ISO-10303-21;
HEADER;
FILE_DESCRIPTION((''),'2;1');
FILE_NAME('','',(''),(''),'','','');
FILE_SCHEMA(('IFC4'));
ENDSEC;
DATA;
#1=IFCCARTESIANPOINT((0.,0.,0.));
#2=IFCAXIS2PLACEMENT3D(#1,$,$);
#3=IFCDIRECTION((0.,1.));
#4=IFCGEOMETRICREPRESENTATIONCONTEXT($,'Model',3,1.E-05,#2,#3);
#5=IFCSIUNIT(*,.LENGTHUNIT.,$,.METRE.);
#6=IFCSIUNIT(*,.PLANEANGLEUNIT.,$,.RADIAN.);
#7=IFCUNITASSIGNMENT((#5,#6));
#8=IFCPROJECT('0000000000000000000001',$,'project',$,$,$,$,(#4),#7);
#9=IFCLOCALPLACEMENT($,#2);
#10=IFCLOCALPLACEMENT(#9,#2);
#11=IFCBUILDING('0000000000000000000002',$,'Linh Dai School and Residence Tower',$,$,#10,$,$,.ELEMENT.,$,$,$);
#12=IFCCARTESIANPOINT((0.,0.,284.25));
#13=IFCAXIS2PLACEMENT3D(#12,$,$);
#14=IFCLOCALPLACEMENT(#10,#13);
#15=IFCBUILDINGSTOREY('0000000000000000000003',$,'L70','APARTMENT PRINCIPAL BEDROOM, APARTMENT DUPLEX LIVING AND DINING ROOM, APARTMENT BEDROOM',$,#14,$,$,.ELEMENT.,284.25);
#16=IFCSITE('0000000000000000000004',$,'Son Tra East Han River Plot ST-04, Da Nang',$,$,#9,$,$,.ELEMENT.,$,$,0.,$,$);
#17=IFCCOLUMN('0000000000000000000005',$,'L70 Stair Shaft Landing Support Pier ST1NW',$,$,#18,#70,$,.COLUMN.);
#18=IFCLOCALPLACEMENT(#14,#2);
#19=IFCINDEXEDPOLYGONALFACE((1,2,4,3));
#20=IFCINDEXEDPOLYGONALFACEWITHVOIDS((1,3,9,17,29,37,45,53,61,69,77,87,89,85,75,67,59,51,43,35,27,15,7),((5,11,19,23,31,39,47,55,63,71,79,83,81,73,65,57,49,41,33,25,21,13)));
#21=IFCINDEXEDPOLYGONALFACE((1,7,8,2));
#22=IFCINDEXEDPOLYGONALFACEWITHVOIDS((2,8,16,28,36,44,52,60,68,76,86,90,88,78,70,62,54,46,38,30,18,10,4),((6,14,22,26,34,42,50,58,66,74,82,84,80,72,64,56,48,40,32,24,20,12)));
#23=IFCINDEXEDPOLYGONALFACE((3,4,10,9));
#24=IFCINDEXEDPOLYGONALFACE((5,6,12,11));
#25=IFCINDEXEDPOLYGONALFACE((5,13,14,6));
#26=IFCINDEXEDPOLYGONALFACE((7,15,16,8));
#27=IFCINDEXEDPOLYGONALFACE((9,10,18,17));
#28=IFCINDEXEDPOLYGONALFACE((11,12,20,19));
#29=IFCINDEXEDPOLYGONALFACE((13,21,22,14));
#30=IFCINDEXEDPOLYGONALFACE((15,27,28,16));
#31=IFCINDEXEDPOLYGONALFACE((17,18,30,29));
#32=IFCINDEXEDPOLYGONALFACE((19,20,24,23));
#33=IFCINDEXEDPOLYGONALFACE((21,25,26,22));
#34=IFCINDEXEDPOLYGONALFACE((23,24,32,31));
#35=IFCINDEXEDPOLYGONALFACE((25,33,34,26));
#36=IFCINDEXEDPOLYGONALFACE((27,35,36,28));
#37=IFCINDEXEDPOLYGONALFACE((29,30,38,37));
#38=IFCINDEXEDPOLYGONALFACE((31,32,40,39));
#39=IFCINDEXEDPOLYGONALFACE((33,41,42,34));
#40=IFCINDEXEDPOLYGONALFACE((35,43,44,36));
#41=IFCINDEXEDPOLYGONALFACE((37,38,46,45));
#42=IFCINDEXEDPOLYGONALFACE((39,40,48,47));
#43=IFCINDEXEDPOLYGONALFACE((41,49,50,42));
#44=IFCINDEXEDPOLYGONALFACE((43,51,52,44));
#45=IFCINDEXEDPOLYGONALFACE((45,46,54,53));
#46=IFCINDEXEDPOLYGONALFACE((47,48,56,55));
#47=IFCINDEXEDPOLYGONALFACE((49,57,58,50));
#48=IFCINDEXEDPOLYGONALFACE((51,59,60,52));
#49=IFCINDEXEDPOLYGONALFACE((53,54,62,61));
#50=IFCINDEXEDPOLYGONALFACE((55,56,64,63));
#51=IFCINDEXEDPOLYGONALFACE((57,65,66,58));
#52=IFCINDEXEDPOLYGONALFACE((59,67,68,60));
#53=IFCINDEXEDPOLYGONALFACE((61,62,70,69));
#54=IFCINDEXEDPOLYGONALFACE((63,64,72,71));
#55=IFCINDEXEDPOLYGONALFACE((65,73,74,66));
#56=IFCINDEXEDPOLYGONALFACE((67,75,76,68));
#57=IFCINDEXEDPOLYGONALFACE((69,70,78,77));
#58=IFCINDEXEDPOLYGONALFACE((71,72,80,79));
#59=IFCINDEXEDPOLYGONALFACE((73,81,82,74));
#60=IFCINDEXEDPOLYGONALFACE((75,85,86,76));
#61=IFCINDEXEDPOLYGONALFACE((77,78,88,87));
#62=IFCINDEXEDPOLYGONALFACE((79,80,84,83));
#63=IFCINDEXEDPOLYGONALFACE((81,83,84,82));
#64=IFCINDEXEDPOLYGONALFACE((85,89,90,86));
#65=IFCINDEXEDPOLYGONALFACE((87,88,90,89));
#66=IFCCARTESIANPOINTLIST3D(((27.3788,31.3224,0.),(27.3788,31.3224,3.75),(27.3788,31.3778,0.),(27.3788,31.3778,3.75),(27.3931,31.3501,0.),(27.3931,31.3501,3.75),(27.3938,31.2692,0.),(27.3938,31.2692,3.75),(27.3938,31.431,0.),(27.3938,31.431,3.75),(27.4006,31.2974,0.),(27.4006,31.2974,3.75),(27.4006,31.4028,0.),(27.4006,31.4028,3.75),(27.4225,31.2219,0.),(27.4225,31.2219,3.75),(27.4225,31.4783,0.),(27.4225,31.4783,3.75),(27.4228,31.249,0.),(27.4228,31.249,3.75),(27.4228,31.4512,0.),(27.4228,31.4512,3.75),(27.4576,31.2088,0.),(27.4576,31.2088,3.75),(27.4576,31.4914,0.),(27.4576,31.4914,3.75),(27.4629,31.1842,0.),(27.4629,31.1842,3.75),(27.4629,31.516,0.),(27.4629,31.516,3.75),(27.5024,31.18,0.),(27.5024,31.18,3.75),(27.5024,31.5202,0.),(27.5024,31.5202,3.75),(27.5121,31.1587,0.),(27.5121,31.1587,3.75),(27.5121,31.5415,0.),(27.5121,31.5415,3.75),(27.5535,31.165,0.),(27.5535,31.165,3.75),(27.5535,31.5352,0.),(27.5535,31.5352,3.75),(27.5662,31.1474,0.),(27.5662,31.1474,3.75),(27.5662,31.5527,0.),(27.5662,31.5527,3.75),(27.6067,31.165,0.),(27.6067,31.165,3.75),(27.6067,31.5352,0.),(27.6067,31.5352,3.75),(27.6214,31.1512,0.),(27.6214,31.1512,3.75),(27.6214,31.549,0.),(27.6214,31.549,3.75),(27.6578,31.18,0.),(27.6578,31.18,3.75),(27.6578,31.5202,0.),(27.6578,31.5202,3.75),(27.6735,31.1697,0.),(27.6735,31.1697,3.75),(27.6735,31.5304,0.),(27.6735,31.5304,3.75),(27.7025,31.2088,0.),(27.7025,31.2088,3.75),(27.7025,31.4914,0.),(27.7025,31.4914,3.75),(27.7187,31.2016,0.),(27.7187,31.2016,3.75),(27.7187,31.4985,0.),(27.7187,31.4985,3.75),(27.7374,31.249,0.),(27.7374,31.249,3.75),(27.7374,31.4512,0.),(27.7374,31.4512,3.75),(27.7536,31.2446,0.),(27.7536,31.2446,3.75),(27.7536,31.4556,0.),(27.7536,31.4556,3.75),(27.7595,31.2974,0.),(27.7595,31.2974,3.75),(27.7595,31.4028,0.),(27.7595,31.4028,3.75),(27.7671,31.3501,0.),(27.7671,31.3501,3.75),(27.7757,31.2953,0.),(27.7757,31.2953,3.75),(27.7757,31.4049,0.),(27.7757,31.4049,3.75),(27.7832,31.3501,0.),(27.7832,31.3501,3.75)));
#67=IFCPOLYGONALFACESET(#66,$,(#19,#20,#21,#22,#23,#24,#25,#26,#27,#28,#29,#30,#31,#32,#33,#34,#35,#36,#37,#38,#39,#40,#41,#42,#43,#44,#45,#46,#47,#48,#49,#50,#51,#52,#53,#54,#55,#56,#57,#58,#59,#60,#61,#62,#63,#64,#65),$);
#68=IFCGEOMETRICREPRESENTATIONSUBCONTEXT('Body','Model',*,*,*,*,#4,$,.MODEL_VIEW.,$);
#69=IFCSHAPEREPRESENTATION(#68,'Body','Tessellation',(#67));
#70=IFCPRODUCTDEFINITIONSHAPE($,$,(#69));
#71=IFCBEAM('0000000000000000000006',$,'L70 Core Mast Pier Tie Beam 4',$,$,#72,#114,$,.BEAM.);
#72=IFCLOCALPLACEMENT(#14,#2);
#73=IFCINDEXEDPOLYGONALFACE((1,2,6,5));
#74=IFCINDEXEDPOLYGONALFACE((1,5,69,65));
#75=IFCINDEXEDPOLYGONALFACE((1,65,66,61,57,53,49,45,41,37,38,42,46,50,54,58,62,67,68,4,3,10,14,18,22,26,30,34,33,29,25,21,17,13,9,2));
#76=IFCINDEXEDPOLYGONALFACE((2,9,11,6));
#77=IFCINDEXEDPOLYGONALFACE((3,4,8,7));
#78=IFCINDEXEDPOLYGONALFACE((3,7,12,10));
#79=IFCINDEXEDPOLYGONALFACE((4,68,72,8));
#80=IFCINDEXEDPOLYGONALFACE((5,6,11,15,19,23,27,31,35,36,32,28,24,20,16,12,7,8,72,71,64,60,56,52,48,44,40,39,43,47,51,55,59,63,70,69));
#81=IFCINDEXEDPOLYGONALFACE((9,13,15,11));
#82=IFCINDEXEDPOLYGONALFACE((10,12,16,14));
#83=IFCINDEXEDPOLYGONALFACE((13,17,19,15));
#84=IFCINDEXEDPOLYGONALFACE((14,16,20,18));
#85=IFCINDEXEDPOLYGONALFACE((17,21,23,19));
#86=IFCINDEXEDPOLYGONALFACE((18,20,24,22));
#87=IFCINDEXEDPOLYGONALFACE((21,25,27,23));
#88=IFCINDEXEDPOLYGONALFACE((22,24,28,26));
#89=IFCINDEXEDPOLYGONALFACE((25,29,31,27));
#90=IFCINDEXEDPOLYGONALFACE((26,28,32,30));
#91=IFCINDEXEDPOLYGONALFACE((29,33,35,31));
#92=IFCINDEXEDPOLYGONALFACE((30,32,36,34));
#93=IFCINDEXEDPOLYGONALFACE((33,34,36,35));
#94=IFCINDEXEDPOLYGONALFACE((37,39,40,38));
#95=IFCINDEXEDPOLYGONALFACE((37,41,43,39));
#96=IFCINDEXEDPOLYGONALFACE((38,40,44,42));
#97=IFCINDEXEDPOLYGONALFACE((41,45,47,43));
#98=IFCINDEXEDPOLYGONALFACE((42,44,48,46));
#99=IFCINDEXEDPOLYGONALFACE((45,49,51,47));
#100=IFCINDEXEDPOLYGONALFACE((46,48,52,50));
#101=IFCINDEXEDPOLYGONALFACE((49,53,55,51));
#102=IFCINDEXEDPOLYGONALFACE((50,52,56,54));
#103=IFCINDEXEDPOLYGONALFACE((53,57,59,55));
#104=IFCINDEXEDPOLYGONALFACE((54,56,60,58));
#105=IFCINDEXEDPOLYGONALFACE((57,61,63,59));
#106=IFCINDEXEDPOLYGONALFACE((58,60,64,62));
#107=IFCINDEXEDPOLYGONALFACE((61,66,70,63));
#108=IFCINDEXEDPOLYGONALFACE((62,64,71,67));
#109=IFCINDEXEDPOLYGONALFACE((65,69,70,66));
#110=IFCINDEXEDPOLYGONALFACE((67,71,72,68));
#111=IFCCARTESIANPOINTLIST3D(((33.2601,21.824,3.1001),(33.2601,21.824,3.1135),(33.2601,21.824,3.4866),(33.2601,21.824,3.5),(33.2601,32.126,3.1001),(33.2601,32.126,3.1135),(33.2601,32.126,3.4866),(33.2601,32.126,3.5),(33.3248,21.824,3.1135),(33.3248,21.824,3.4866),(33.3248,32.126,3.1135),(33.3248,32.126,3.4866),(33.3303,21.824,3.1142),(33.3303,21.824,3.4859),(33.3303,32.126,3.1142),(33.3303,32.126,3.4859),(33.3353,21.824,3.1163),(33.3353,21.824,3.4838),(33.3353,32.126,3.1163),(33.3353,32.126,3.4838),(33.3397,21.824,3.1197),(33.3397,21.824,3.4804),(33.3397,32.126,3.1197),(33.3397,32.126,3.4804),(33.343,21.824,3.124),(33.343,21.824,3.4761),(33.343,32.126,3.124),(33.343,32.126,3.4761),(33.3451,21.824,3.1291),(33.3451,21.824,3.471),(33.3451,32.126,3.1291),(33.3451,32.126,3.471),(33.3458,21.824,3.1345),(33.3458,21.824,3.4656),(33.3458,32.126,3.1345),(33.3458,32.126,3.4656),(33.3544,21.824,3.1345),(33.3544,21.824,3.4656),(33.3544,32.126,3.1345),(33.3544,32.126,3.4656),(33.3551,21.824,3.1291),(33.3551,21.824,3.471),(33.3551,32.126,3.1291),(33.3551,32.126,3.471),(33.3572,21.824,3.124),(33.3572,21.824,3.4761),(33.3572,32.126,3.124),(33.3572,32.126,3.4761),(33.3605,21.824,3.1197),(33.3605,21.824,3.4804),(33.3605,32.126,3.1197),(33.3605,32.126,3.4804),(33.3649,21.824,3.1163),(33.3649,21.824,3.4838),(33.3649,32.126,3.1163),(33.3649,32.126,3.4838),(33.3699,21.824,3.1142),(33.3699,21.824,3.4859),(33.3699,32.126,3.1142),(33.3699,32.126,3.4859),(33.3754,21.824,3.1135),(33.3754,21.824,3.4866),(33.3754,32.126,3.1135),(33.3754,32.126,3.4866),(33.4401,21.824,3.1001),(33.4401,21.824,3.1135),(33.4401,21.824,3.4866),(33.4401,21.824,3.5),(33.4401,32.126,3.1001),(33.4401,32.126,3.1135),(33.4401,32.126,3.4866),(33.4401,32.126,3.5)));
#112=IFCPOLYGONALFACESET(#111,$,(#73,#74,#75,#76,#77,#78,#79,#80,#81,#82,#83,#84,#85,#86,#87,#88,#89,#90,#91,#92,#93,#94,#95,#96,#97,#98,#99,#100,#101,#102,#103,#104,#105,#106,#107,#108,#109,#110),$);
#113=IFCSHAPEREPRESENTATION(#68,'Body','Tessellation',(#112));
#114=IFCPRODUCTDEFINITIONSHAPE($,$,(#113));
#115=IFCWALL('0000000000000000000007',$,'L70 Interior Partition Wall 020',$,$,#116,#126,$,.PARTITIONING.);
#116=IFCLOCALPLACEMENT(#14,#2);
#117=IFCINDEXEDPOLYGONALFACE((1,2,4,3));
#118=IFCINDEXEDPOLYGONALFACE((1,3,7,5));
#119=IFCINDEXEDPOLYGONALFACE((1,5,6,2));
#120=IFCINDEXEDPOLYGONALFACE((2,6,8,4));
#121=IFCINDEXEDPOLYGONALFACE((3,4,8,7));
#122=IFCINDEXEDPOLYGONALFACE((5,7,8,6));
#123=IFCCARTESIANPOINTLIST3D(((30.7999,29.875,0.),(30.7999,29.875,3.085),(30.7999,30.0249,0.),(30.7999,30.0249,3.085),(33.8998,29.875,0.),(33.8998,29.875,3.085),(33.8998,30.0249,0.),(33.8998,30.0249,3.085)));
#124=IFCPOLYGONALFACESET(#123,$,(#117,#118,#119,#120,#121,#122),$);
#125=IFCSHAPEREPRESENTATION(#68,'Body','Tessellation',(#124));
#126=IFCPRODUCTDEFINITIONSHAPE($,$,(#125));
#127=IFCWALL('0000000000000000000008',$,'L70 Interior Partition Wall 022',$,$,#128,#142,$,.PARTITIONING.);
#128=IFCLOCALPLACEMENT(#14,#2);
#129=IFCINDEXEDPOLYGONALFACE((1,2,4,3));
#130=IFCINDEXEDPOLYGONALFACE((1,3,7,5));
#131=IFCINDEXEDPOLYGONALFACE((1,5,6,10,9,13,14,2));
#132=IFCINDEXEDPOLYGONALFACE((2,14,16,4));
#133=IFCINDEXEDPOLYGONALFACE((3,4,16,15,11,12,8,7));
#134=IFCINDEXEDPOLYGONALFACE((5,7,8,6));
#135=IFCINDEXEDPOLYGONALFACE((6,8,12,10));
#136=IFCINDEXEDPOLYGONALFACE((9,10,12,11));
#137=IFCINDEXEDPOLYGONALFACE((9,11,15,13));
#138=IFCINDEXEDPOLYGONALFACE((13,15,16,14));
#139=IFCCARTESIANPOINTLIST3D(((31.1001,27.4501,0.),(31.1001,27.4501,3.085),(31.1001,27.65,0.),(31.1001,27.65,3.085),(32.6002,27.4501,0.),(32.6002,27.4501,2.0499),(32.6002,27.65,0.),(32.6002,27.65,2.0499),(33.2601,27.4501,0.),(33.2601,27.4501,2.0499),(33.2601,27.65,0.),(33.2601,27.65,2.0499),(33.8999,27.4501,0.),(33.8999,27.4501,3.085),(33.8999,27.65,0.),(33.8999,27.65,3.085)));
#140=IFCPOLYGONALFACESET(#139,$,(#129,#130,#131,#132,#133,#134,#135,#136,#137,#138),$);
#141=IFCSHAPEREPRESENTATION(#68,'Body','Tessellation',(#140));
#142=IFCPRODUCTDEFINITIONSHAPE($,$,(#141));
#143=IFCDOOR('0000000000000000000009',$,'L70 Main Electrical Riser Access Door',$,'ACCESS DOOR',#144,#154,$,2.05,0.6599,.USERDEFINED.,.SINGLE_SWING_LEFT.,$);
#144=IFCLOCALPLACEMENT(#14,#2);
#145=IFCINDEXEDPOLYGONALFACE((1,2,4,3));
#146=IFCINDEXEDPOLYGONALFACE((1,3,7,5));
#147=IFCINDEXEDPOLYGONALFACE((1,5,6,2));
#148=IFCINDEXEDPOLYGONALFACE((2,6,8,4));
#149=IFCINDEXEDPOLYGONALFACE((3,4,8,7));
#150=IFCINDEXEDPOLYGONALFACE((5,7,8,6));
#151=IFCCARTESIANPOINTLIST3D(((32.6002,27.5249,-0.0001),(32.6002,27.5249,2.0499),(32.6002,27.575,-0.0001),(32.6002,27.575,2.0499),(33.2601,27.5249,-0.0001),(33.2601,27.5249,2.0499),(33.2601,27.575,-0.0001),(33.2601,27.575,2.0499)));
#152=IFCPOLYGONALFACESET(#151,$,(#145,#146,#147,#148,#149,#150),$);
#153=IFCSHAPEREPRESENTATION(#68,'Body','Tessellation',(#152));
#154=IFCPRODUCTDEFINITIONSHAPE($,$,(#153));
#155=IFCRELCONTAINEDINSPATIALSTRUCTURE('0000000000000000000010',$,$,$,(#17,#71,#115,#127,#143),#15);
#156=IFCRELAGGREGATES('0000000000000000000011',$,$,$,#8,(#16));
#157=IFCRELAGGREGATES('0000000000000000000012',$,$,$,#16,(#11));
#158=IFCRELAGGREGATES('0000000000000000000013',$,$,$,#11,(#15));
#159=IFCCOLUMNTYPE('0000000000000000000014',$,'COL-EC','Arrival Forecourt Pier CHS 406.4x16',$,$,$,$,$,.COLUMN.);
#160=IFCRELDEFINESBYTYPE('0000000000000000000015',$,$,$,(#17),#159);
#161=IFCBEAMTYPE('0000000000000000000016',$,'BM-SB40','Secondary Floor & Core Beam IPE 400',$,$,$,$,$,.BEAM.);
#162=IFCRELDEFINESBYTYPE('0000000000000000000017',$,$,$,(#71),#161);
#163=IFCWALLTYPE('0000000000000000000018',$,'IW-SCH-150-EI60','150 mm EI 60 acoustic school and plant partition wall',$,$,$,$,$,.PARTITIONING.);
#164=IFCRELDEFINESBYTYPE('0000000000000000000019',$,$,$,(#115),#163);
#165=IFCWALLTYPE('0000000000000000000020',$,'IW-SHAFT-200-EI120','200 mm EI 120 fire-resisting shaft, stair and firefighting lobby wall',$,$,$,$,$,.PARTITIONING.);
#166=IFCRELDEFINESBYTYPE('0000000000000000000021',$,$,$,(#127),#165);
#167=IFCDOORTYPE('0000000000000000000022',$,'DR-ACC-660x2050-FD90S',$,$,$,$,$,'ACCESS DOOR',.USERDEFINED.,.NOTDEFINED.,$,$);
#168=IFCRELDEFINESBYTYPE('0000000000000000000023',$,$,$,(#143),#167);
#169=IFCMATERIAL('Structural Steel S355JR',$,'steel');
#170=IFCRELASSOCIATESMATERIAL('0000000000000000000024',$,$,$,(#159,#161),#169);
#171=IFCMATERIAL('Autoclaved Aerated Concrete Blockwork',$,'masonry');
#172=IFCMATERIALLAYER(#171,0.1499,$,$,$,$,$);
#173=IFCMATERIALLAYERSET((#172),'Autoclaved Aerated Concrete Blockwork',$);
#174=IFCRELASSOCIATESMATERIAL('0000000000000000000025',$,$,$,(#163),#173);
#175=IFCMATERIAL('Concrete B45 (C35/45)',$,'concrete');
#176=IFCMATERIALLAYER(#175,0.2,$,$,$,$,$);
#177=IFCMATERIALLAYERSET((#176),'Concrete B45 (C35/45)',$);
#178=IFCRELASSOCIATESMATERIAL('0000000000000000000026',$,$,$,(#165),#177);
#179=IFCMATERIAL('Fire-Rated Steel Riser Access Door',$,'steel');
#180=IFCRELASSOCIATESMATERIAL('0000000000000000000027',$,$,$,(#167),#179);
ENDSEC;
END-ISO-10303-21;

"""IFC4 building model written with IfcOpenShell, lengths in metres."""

from ifc_helpers import new_model, si_unit, direction, frame, frame_2d, origin, origin_2d, place, context, subcontext, project, spatial, rectangle, hollow_circle, i_section, extrude, source, transform, mapped, material, layer, layer_set, material_profile, profile_set, type_object, element, fill, save


model = new_model("IFC4")

# Units and contexts
model_context = context("Model", 3, precision=1e-05, world=origin(), true_north=direction((0.0, 1.0)))
body_context = subcontext(model_context, "Body", "Model", "MODEL_VIEW")
ifc_project = project(units=[si_unit("LENGTHUNIT", "METRE"), si_unit("PLANEANGLEUNIT", "RADIAN")], contexts=[model_context])

# Site, building, storey
site_placement = place(None, origin())
site = spatial("IfcSite", under=ifc_project, at=site_placement, Name="Son Tra East Han River Plot ST-04, Da Nang", CompositionType="ELEMENT", RefElevation=0.0)
building_placement = place(site_placement, origin())
building = spatial("IfcBuilding", under=site, at=building_placement, Name="Linh Dai School and Residence Tower", CompositionType="ELEMENT")
storey_placement = place(building_placement, frame((0.0, 0.0, 284.25)))
storey = spatial("IfcBuildingStorey", under=building, at=storey_placement, Name="L70", Description="APARTMENT PRINCIPAL BEDROOM, APARTMENT DUPLEX LIVING AND DINING ROOM, APARTMENT BEDROOM", CompositionType="ELEMENT", Elevation=284.25)

# Column
ifc_material_1 = material(Name="Structural Steel S355JR", Category="steel")
ifc_material_profile_1 = material_profile(ifc_material_1, hollow_circle(Radius=0.2031, WallThickness=0.0161, at=origin_2d()), Name="CHS 406.4x16")
ifc_profile_set_1 = profile_set([ifc_material_profile_1], Name="Structural Steel S355JR")
column_type = type_object("IfcColumnType", Name="COL-EC", Description="Arrival Forecourt Pier CHS 406.4x16", PredefinedType="COLUMN", material=ifc_profile_set_1)
column_placement = place(storey_placement, frame((27.5801, 31.3501, 0.0), z_axis=(0.0, 0.0, 1.0), x_axis=(1.0, 0.0, 0.0)))
element("IfcColumn", 1, at=column_placement, inside=storey, type_object=column_type, Name="L70 Stair Shaft Landing Support Pier ST1NW", PredefinedType="COLUMN", context=body_context, shape_type="SweptSolid", body=[
    extrude(hollow_circle(Radius=0.2031, WallThickness=0.0161, at=origin_2d()), origin(), (0.0, 0.0, 1.0), 3.75),
])

# Beam
ifc_material_profile_2 = material_profile(ifc_material_1, i_section(OverallWidth=0.1799, OverallDepth=0.3999, WebThickness=0.0085, FlangeThickness=0.0134, FilletRadius=0.021, at=origin_2d()), Name="IPE 400")
ifc_profile_set_2 = profile_set([ifc_material_profile_2], Name="Structural Steel S355JR")
beam_type = type_object("IfcBeamType", Name="BM-SB40", Description="Secondary Floor & Core Beam IPE 400", PredefinedType="BEAM", material=ifc_profile_set_2)
beam_placement = place(storey_placement, frame((33.3501, 32.126, 3.3), z_axis=(0.0, -1.0, 0.0), x_axis=(1.0, 0.0, 0.0)))
element("IfcBeam", 2, at=beam_placement, inside=storey, type_object=beam_type, Name="L70 Core Mast Pier Tie Beam 4", PredefinedType="BEAM", context=body_context, shape_type="SweptSolid", body=[
    extrude(i_section(OverallWidth=0.1799, OverallDepth=0.3999, WebThickness=0.0085, FlangeThickness=0.0134, FilletRadius=0.021, at=origin_2d()), origin(), (0.0, 0.0, 1.0), 10.302),
])

# Shared definitions
ifc_material_2 = material(Name="Autoclaved Aerated Concrete Blockwork", Category="masonry")

# Wall
ifc_layer_1 = layer(ifc_material_2, 0.1499)
ifc_layer_set_1 = layer_set([ifc_layer_1], Name="Autoclaved Aerated Concrete Blockwork")
wall_type_1 = type_object("IfcWallType", Name="IW-SCH-150-EI60", Description="150 mm EI 60 acoustic school and plant partition wall", PredefinedType="PARTITIONING", material=ifc_layer_set_1)
wall_1_placement = place(storey_placement, frame((30.8, 29.95, 0.0), z_axis=(0.0, 0.0, 1.0), x_axis=(1.0, 0.0, 0.0)))
element("IfcWall", 3, at=wall_1_placement, inside=storey, type_object=wall_type_1, Name="L70 Interior Partition Wall 020", PredefinedType="PARTITIONING", context=body_context, shape_type="SweptSolid", body=[
    extrude(rectangle(XDim=3.0999, YDim=0.1499, at=frame_2d((1.5498, 0.0))), origin(), (0.0, 0.0, 1.0), 3.085),
])

# Wall, opening, door
ifc_material_3 = material(Name="Concrete B45 (C35/45)", Category="concrete")
ifc_layer_2 = layer(ifc_material_3, 0.2)
ifc_layer_set_2 = layer_set([ifc_layer_2], Name="Concrete B45 (C35/45)")
wall_type_2 = type_object("IfcWallType", Name="IW-SHAFT-200-EI120", Description="200 mm EI 120 fire-resisting shaft, stair and firefighting lobby wall", PredefinedType="PARTITIONING", material=ifc_layer_set_2)
wall_2_placement = place(storey_placement, frame((31.1001, 27.55, 0.0), z_axis=(0.0, 0.0, 1.0), x_axis=(1.0, 0.0, 0.0)))
wall_2 = element("IfcWall", 4, at=wall_2_placement, inside=storey, type_object=wall_type_2, Name="L70 Interior Partition Wall 022", PredefinedType="PARTITIONING", context=body_context, shape_type="SweptSolid", body=[
    extrude(rectangle(XDim=2.7998, YDim=0.2, at=frame_2d((1.3999, 0.0))), origin(), (0.0, 0.0, 1.0), 3.085),
])
opening_1_placement = place(wall_2_placement, frame((1.5, 0.0, 0.0)))
opening_1 = element("IfcOpeningElement", 5, at=opening_1_placement, cuts=wall_2, PredefinedType="OPENING", context=body_context, shape_type="SweptSolid", body=[
    extrude(rectangle(XDim=0.6599, YDim=2.05, at=origin_2d()), frame((0.3301, 0.1099, 1.0249), z_axis=(0.0, -1.0, 0.0), x_axis=(1.0, 0.0, 0.0)), (0.0, 0.0, 1.0), 0.22),
])
ifc_material_4 = material(Name="Fire-Rated Steel Riser Access Door", Category="steel")
door_type_1 = type_object("IfcDoorType", Name="DR-ACC-660x2050-FD90S", ElementType="ACCESS DOOR", OperationType="NOTDEFINED", PredefinedType="USERDEFINED", material=ifc_material_4)
shared_shape_1 = source(origin(), body_context, "Body", "SweptSolid", [
    extrude(rectangle(XDim=0.6599, YDim=2.05, at=origin_2d()), frame((0.3301, 0.0249, 1.0249), z_axis=(0.0, -1.0, 0.0), x_axis=(1.0, 0.0, 0.0)), (0.0, 0.0, 1.0), 0.05),
])
door_1_placement = place(opening_1_placement, origin())
door_1 = element("IfcDoor", 6, at=door_1_placement, inside=storey, type_object=door_type_1, Name="L70 Main Electrical Riser Access Door", ObjectType="ACCESS DOOR", OperationType="SINGLE_SWING_LEFT", OverallHeight=2.05, OverallWidth=0.6599, PredefinedType="USERDEFINED", context=body_context, shape_type="MappedRepresentation", body=[
    mapped(shared_shape_1, transform((0.0, 0.0, 0.0), x_axis=(1.0, 0.0, 0.0), y_axis=(0.0, 1.0, 0.0), z_axis=(0.0, 0.0, 1.0), scale=1.0)),
])
fill(opening_1, door_1)

save(model, "model.ifc")
